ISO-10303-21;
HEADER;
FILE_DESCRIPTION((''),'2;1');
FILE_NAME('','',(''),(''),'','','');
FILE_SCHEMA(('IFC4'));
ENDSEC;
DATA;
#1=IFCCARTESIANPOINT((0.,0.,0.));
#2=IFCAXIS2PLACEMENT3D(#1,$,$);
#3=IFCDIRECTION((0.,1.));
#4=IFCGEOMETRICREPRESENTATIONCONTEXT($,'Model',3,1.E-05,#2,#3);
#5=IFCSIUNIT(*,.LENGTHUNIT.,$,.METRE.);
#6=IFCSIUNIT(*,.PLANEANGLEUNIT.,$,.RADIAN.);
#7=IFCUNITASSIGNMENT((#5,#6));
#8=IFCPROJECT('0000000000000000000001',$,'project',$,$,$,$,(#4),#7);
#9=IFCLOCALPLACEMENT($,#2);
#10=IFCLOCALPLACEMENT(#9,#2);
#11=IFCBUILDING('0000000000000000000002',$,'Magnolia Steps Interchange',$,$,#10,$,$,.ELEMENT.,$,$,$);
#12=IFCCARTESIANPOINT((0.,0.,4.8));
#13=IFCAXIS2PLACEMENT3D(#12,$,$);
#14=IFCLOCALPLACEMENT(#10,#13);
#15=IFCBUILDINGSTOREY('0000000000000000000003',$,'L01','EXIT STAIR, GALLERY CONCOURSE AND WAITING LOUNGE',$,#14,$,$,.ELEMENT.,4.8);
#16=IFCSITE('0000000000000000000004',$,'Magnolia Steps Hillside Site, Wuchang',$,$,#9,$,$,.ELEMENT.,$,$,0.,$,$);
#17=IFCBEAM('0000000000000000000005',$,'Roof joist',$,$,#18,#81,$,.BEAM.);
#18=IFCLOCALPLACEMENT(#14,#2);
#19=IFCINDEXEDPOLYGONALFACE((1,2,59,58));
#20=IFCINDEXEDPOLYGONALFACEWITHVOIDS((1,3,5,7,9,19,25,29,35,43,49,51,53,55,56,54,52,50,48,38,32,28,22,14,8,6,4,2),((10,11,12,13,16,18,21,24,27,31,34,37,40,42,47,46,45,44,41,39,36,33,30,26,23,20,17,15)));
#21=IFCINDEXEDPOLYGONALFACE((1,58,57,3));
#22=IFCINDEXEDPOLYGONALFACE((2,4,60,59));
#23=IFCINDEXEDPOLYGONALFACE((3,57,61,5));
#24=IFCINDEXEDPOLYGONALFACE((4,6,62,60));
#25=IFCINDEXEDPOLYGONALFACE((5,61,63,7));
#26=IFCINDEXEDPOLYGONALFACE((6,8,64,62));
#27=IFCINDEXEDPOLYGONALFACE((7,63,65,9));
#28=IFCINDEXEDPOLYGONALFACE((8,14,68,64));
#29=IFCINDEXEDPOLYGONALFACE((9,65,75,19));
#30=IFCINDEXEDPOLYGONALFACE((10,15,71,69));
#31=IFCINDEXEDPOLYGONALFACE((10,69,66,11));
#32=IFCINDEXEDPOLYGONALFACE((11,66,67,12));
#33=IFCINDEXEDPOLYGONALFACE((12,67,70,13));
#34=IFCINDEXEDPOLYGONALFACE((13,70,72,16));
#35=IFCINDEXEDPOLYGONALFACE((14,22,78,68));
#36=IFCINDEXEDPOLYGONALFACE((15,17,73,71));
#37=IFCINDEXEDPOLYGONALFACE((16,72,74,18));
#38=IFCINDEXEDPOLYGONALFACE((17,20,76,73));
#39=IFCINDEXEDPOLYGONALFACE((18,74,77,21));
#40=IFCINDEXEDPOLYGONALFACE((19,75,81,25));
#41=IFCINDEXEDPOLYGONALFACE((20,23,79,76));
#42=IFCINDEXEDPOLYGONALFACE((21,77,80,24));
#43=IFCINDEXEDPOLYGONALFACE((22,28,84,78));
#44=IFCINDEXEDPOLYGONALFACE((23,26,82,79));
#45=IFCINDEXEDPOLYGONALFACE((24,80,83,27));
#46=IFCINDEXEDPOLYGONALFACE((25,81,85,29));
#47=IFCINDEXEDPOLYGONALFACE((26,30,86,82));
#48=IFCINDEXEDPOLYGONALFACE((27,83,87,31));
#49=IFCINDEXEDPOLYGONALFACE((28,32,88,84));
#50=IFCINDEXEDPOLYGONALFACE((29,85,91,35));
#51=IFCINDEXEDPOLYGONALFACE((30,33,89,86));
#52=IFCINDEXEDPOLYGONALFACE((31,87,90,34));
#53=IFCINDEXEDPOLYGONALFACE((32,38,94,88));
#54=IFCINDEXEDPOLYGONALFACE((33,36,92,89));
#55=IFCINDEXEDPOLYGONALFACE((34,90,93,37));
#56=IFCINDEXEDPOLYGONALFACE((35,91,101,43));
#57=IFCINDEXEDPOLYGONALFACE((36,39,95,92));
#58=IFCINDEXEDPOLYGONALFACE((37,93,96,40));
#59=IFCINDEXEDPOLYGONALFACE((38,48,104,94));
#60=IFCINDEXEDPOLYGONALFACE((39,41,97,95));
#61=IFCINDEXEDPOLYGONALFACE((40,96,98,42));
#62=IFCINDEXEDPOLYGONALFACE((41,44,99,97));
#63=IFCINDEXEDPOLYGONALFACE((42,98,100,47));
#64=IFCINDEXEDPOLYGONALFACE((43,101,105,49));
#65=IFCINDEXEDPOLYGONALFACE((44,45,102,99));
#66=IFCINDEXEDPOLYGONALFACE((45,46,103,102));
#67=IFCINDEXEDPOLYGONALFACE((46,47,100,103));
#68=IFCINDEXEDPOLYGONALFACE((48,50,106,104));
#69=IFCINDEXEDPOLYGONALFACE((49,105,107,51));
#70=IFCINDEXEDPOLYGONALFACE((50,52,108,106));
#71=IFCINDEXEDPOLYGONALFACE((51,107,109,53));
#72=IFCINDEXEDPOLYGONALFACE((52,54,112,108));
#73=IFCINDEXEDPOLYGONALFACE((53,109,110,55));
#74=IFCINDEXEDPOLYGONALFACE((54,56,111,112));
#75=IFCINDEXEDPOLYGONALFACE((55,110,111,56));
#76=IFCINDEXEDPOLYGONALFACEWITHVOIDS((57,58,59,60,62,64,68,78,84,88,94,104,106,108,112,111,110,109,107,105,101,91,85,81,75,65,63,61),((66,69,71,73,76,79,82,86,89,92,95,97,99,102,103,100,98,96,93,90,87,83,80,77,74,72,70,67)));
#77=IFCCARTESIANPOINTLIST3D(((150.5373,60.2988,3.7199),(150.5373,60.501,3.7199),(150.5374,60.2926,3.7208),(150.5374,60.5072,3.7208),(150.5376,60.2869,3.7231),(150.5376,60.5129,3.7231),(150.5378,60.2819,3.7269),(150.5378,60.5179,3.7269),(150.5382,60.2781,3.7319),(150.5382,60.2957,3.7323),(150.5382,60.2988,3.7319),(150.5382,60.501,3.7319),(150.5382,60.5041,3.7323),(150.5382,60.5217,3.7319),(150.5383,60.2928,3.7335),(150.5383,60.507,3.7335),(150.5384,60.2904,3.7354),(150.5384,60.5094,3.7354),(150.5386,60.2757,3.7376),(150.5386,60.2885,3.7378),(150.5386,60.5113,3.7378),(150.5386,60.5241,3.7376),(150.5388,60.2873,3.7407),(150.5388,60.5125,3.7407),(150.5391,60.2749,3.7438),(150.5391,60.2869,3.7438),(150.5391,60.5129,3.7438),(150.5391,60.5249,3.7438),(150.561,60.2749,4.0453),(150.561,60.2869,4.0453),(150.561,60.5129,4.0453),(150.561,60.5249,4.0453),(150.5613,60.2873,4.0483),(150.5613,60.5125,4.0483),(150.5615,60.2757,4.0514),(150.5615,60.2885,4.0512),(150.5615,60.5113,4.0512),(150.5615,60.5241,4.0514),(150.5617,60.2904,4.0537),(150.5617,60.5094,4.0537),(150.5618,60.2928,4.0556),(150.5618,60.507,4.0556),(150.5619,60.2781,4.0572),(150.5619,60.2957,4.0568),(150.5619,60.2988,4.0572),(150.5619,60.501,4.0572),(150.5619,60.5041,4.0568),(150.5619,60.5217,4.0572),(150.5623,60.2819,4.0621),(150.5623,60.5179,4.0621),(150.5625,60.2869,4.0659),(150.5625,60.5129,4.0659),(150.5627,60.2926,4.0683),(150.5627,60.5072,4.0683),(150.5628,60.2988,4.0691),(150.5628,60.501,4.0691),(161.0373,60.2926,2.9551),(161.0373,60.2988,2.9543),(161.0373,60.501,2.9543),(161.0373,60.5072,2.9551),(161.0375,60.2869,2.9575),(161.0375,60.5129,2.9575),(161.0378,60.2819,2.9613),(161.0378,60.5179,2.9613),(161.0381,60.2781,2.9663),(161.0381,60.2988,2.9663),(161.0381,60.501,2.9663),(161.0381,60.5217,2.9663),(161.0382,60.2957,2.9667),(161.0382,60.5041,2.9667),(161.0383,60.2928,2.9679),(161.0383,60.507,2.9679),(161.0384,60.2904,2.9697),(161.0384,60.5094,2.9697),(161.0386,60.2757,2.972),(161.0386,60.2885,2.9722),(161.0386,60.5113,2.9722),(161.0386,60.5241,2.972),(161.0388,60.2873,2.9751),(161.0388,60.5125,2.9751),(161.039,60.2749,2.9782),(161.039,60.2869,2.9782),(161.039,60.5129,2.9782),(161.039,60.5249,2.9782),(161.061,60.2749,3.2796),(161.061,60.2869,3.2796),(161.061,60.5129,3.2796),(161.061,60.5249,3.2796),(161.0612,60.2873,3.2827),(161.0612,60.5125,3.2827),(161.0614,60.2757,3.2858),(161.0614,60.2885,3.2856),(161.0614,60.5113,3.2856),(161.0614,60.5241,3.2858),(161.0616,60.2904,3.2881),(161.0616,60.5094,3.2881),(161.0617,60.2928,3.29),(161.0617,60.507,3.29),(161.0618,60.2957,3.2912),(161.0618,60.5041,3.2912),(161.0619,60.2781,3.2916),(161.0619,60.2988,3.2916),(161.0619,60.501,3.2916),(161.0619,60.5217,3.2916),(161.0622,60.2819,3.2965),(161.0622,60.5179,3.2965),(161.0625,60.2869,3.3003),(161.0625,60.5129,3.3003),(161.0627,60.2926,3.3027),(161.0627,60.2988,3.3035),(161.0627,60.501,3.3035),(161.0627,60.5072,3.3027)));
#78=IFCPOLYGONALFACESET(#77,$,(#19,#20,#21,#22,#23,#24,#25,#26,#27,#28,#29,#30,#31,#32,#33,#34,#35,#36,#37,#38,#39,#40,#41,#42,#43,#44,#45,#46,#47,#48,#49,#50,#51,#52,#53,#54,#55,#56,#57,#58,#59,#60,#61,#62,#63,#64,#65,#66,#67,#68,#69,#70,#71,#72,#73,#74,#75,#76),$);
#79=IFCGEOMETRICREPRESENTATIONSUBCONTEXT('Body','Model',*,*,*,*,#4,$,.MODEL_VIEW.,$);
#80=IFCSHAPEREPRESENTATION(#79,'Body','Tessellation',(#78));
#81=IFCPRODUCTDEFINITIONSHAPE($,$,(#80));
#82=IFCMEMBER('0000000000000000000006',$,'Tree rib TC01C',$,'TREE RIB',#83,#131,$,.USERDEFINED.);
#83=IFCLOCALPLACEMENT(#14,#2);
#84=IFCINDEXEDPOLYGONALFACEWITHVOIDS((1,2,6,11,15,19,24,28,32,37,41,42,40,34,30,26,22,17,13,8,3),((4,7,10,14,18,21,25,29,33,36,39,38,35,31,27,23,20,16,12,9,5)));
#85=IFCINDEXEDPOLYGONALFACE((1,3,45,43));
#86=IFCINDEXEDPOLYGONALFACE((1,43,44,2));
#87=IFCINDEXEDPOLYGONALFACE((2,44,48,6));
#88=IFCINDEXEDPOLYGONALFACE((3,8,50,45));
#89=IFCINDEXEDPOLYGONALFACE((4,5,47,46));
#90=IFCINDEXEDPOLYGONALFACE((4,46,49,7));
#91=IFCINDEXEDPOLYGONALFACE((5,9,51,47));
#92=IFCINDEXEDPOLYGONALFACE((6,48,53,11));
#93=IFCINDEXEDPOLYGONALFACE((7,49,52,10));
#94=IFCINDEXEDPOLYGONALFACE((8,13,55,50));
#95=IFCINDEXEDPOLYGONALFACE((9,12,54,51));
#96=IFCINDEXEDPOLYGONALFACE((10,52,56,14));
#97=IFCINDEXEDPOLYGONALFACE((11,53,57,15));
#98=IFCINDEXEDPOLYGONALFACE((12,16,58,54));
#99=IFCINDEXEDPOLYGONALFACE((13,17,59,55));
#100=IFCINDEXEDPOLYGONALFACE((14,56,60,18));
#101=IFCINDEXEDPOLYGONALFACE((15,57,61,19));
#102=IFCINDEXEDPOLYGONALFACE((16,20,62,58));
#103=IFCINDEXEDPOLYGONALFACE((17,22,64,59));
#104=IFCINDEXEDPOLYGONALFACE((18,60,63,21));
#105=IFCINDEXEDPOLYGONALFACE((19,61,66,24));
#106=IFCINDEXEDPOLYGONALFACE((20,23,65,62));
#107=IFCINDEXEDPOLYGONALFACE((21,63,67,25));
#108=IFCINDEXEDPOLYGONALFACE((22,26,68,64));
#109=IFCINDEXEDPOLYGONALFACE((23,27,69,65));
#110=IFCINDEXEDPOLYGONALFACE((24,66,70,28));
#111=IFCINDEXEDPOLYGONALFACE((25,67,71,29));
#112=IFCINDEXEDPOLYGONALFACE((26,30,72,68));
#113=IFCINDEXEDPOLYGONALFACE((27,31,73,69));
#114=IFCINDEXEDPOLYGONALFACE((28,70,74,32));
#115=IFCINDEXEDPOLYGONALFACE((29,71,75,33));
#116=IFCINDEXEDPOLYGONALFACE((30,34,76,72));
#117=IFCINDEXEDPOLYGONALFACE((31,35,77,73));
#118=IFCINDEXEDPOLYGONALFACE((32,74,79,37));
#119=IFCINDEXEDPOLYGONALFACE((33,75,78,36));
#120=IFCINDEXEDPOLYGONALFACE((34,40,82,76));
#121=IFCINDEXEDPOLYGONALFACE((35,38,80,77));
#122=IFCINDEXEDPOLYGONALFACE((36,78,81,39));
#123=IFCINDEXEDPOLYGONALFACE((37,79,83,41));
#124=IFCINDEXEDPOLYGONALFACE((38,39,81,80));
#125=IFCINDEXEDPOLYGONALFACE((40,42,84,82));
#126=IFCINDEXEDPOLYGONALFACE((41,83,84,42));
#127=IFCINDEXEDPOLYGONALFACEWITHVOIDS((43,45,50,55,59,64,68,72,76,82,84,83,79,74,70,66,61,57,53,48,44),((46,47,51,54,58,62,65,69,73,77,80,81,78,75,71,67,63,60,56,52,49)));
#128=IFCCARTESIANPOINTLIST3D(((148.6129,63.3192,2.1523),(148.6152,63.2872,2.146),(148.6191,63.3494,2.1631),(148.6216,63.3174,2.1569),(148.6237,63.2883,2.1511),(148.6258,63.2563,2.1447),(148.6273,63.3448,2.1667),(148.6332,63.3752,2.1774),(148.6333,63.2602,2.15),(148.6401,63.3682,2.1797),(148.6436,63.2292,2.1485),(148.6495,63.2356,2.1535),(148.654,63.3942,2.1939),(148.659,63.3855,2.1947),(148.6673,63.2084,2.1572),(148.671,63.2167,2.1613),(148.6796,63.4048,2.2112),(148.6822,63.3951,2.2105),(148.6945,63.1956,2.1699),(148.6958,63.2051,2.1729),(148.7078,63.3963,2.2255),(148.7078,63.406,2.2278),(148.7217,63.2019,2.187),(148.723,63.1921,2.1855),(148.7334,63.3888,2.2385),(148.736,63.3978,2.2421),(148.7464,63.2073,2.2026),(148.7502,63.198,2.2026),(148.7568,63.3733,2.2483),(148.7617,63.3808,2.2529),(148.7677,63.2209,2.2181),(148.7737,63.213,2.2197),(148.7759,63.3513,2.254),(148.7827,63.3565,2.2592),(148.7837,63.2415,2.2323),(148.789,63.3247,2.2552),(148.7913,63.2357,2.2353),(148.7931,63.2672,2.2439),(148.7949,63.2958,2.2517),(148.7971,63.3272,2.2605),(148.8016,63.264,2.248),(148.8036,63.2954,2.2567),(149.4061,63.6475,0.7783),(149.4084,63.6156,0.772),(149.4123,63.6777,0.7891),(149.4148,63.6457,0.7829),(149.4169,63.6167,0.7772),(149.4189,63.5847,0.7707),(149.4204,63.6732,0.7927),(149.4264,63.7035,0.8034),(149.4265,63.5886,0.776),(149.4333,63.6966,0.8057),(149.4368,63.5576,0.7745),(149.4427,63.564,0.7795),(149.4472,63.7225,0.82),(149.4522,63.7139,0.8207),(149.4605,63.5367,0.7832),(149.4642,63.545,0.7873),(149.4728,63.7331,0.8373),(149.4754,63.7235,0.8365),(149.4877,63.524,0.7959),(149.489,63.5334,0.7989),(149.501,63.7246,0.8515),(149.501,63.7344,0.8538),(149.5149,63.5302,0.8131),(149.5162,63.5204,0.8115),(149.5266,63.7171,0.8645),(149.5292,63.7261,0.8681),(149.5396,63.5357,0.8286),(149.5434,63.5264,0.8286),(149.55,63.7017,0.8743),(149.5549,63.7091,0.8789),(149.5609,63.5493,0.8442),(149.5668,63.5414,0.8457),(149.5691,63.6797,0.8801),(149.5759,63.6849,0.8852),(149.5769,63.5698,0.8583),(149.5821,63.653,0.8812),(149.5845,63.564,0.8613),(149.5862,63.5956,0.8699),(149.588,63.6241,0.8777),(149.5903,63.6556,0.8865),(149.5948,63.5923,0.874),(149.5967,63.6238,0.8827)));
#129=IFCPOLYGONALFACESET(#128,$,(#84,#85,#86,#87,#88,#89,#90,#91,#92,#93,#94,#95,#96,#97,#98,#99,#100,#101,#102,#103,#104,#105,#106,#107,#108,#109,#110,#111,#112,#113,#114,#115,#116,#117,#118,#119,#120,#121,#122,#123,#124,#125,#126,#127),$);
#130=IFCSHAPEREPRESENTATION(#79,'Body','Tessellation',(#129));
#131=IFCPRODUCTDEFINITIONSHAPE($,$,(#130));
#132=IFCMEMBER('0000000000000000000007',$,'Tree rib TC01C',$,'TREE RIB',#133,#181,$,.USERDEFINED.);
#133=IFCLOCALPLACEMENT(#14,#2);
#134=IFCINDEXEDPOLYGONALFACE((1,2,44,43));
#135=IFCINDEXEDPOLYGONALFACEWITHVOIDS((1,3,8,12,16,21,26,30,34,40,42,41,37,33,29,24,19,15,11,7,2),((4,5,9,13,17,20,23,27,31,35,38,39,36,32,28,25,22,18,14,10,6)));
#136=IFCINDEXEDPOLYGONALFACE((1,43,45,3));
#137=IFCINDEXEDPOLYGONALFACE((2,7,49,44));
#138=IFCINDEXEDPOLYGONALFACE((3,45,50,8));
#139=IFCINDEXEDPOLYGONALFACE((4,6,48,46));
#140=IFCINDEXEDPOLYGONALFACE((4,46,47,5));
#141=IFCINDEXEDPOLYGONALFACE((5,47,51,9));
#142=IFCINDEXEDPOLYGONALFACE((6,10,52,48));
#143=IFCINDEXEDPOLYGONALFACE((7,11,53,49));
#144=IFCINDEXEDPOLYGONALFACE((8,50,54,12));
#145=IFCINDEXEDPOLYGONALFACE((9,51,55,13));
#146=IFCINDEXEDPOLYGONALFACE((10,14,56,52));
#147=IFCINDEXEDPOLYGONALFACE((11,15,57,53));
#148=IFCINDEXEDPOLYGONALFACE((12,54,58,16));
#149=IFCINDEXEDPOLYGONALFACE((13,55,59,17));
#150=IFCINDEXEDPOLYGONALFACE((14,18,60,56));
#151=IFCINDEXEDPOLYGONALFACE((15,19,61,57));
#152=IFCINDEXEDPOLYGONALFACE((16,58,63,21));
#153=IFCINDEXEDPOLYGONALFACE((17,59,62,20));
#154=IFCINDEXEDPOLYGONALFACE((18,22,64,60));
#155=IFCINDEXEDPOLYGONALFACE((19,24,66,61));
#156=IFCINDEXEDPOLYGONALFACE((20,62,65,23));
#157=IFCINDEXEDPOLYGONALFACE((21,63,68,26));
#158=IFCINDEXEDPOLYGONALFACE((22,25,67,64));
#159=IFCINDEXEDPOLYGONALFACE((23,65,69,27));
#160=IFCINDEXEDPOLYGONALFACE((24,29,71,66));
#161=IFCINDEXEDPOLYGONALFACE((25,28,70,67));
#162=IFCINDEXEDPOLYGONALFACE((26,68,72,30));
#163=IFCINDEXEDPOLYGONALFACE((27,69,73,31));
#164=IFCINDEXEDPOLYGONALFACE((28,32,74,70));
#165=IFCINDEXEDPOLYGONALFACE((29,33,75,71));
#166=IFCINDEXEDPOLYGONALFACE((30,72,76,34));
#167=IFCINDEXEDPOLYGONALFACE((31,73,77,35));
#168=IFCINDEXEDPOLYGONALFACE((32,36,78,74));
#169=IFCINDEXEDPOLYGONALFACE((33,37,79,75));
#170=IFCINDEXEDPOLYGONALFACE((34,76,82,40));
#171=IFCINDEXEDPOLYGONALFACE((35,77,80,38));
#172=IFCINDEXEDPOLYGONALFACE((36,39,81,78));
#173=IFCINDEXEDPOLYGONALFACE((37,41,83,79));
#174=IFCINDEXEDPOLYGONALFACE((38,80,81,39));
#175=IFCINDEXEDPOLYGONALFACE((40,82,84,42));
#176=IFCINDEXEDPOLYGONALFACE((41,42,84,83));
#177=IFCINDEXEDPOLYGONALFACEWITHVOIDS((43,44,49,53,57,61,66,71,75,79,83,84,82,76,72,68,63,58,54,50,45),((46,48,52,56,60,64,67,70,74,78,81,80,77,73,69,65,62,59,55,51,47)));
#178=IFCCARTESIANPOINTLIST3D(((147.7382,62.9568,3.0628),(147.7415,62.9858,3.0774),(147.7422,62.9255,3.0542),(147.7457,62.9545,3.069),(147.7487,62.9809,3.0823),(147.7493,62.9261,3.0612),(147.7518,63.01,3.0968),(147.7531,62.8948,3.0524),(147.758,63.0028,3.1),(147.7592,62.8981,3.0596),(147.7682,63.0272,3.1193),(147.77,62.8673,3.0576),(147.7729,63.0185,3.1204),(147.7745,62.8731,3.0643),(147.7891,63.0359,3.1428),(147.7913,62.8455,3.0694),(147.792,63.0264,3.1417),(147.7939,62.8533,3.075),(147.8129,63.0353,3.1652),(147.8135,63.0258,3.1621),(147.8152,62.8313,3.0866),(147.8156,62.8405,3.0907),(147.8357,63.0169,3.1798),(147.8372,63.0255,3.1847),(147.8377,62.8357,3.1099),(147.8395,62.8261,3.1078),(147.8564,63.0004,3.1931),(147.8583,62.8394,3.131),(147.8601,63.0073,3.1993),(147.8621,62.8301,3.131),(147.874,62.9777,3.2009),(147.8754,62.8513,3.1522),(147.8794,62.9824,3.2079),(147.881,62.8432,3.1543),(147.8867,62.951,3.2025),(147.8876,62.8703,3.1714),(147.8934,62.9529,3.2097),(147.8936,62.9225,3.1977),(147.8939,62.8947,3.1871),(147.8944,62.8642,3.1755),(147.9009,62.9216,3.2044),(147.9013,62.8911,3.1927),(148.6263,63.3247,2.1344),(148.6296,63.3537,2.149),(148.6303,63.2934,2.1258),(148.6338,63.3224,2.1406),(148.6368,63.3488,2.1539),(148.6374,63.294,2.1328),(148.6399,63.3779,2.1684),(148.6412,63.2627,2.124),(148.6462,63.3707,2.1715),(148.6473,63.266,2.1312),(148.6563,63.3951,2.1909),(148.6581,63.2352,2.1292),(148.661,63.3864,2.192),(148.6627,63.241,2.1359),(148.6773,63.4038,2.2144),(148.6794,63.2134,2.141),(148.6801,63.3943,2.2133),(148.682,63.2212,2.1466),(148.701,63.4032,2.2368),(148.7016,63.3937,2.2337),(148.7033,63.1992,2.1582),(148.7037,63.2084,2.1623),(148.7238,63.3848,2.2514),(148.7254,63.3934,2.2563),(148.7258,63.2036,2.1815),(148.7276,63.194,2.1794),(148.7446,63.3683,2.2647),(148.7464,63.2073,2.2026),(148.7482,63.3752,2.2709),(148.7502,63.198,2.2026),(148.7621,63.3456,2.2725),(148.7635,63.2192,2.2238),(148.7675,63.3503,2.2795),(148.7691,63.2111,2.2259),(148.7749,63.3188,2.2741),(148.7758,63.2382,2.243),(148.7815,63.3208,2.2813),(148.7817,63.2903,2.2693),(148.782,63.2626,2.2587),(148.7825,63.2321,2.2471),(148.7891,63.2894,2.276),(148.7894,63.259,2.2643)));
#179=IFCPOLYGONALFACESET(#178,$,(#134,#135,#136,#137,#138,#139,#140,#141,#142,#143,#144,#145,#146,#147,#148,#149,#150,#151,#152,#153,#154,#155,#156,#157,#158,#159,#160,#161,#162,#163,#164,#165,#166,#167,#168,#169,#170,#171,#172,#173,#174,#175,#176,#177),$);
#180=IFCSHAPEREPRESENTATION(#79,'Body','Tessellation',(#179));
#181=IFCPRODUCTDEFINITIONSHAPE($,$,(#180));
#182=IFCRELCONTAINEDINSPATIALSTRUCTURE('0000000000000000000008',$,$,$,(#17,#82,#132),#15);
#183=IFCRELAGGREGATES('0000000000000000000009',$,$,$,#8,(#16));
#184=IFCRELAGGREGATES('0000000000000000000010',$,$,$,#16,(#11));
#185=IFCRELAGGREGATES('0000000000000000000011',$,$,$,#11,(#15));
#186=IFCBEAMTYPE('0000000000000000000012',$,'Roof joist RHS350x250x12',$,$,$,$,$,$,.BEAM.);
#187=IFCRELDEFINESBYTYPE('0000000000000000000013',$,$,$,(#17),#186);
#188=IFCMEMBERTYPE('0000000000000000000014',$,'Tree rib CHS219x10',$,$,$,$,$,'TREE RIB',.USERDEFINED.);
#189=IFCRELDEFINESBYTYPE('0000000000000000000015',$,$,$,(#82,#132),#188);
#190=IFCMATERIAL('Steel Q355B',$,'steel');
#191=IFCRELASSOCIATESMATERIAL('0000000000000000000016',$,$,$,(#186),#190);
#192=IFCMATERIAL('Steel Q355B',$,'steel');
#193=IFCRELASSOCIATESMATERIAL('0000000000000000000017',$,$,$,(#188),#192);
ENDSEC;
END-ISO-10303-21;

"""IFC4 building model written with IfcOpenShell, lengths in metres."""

from ifc_helpers import new_model, si_unit, direction, frame, origin, origin_2d, place, context, subcontext, project, spatial, hollow_rectangle, hollow_circle, extrude, material, material_profile, profile_set, type_object, element, save


model = new_model("IFC4")

# Units and contexts
model_context = context("Model", 3, precision=1e-05, world=origin(), true_north=direction((0.0, 1.0)))
body_context = subcontext(model_context, "Body", "Model", "MODEL_VIEW")
ifc_project = project(units=[si_unit("LENGTHUNIT", "METRE"), si_unit("PLANEANGLEUNIT", "RADIAN")], contexts=[model_context])

# Site, building, storey
site_placement = place(None, origin())
site = spatial("IfcSite", under=ifc_project, at=site_placement, Name="Magnolia Steps Hillside Site, Wuchang", CompositionType="ELEMENT", RefElevation=0.0)
building_placement = place(site_placement, origin())
building = spatial("IfcBuilding", under=site, at=building_placement, Name="Magnolia Steps Interchange", CompositionType="ELEMENT")
storey_placement = place(building_placement, frame((0.0, 0.0, 4.8)))
storey = spatial("IfcBuildingStorey", under=building, at=storey_placement, Name="L01", Description="EXIT STAIR, GALLERY CONCOURSE AND WAITING LOUNGE", CompositionType="ELEMENT", Elevation=4.8)

# Beam
ifc_material_1 = material(Name="Steel Q355B", Category="steel")
ifc_material_profile_1 = material_profile(ifc_material_1, hollow_rectangle(XDim=0.25, YDim=0.3501, WallThickness=0.012, InnerFilletRadius=0.012, OuterFilletRadius=0.0239, at=origin_2d()), Name="RHS350x250x12")
ifc_profile_set_1 = profile_set([ifc_material_profile_1], Name="Steel Q355B")
beam_type_1 = type_object("IfcBeamType", Name="Roof joist RHS350x250x12", PredefinedType="BEAM", material=ifc_profile_set_1)
for number, where, z_axis, x_axis, name in (
    (1, (150.55, 60.3999, 3.8945), (0.997352, 0.0, -0.072724), (0.0, 1.0, 0.0), "Roof joist"),
):
    element("IfcBeam", number, at=place(storey_placement, frame(where, z_axis=z_axis, x_axis=x_axis)), inside=storey, type_object=beam_type_1, Name=name, PredefinedType="BEAM", context=body_context, shape_type="SweptSolid", body=[
        extrude(hollow_rectangle(XDim=0.25, YDim=0.3501, WallThickness=0.012, InnerFilletRadius=0.012, OuterFilletRadius=0.0239, at=origin_2d()), origin(), (0.0, 0.0, 1.0), 10.5278),
    ])

# Members
ifc_material_2 = material(Name="Steel Q355B", Category="steel")
ifc_material_profile_2 = material_profile(ifc_material_2, hollow_circle(Radius=0.1096, WallThickness=0.01, at=origin_2d()), Name="CHS219x10")
ifc_profile_set_2 = profile_set([ifc_material_profile_2], Name="Steel Q355B")
member_type = type_object("IfcMemberType", Name="Tree rib CHS219x10", ElementType="TREE RIB", PredefinedType="USERDEFINED", material=ifc_profile_set_2)
member_1_placement = place(storey_placement, frame((149.5015, 63.6277, 0.8286), z_axis=(-0.489586, -0.202676, 0.848073), x_axis=(0.382494, -0.923958, 0.0)))
element("IfcMember", 2, at=member_1_placement, inside=storey, type_object=member_type, Name="Tree rib TC01C", ObjectType="TREE RIB", PredefinedType="USERDEFINED", context=body_context, shape_type="SweptSolid", body=[
    extrude(hollow_circle(Radius=0.1096, WallThickness=0.01, at=origin_2d()), origin(), (0.0, 0.0, 1.0), 1.6201),
])
member_2_placement = place(storey_placement, frame((148.7083, 63.2993, 2.2026), z_axis=(-0.664549, -0.275282, 0.69469), x_axis=(0.382703, -0.923871, 0.0)))
element("IfcMember", 3, at=member_2_placement, inside=storey, type_object=member_type, Name="Tree rib TC01C", ObjectType="TREE RIB", PredefinedType="USERDEFINED", context=body_context, shape_type="SweptSolid", body=[
    extrude(hollow_circle(Radius=0.1096, WallThickness=0.01, at=origin_2d()), origin(), (0.0, 0.0, 1.0), 1.3364),
])

save(model, "model.ifc")
